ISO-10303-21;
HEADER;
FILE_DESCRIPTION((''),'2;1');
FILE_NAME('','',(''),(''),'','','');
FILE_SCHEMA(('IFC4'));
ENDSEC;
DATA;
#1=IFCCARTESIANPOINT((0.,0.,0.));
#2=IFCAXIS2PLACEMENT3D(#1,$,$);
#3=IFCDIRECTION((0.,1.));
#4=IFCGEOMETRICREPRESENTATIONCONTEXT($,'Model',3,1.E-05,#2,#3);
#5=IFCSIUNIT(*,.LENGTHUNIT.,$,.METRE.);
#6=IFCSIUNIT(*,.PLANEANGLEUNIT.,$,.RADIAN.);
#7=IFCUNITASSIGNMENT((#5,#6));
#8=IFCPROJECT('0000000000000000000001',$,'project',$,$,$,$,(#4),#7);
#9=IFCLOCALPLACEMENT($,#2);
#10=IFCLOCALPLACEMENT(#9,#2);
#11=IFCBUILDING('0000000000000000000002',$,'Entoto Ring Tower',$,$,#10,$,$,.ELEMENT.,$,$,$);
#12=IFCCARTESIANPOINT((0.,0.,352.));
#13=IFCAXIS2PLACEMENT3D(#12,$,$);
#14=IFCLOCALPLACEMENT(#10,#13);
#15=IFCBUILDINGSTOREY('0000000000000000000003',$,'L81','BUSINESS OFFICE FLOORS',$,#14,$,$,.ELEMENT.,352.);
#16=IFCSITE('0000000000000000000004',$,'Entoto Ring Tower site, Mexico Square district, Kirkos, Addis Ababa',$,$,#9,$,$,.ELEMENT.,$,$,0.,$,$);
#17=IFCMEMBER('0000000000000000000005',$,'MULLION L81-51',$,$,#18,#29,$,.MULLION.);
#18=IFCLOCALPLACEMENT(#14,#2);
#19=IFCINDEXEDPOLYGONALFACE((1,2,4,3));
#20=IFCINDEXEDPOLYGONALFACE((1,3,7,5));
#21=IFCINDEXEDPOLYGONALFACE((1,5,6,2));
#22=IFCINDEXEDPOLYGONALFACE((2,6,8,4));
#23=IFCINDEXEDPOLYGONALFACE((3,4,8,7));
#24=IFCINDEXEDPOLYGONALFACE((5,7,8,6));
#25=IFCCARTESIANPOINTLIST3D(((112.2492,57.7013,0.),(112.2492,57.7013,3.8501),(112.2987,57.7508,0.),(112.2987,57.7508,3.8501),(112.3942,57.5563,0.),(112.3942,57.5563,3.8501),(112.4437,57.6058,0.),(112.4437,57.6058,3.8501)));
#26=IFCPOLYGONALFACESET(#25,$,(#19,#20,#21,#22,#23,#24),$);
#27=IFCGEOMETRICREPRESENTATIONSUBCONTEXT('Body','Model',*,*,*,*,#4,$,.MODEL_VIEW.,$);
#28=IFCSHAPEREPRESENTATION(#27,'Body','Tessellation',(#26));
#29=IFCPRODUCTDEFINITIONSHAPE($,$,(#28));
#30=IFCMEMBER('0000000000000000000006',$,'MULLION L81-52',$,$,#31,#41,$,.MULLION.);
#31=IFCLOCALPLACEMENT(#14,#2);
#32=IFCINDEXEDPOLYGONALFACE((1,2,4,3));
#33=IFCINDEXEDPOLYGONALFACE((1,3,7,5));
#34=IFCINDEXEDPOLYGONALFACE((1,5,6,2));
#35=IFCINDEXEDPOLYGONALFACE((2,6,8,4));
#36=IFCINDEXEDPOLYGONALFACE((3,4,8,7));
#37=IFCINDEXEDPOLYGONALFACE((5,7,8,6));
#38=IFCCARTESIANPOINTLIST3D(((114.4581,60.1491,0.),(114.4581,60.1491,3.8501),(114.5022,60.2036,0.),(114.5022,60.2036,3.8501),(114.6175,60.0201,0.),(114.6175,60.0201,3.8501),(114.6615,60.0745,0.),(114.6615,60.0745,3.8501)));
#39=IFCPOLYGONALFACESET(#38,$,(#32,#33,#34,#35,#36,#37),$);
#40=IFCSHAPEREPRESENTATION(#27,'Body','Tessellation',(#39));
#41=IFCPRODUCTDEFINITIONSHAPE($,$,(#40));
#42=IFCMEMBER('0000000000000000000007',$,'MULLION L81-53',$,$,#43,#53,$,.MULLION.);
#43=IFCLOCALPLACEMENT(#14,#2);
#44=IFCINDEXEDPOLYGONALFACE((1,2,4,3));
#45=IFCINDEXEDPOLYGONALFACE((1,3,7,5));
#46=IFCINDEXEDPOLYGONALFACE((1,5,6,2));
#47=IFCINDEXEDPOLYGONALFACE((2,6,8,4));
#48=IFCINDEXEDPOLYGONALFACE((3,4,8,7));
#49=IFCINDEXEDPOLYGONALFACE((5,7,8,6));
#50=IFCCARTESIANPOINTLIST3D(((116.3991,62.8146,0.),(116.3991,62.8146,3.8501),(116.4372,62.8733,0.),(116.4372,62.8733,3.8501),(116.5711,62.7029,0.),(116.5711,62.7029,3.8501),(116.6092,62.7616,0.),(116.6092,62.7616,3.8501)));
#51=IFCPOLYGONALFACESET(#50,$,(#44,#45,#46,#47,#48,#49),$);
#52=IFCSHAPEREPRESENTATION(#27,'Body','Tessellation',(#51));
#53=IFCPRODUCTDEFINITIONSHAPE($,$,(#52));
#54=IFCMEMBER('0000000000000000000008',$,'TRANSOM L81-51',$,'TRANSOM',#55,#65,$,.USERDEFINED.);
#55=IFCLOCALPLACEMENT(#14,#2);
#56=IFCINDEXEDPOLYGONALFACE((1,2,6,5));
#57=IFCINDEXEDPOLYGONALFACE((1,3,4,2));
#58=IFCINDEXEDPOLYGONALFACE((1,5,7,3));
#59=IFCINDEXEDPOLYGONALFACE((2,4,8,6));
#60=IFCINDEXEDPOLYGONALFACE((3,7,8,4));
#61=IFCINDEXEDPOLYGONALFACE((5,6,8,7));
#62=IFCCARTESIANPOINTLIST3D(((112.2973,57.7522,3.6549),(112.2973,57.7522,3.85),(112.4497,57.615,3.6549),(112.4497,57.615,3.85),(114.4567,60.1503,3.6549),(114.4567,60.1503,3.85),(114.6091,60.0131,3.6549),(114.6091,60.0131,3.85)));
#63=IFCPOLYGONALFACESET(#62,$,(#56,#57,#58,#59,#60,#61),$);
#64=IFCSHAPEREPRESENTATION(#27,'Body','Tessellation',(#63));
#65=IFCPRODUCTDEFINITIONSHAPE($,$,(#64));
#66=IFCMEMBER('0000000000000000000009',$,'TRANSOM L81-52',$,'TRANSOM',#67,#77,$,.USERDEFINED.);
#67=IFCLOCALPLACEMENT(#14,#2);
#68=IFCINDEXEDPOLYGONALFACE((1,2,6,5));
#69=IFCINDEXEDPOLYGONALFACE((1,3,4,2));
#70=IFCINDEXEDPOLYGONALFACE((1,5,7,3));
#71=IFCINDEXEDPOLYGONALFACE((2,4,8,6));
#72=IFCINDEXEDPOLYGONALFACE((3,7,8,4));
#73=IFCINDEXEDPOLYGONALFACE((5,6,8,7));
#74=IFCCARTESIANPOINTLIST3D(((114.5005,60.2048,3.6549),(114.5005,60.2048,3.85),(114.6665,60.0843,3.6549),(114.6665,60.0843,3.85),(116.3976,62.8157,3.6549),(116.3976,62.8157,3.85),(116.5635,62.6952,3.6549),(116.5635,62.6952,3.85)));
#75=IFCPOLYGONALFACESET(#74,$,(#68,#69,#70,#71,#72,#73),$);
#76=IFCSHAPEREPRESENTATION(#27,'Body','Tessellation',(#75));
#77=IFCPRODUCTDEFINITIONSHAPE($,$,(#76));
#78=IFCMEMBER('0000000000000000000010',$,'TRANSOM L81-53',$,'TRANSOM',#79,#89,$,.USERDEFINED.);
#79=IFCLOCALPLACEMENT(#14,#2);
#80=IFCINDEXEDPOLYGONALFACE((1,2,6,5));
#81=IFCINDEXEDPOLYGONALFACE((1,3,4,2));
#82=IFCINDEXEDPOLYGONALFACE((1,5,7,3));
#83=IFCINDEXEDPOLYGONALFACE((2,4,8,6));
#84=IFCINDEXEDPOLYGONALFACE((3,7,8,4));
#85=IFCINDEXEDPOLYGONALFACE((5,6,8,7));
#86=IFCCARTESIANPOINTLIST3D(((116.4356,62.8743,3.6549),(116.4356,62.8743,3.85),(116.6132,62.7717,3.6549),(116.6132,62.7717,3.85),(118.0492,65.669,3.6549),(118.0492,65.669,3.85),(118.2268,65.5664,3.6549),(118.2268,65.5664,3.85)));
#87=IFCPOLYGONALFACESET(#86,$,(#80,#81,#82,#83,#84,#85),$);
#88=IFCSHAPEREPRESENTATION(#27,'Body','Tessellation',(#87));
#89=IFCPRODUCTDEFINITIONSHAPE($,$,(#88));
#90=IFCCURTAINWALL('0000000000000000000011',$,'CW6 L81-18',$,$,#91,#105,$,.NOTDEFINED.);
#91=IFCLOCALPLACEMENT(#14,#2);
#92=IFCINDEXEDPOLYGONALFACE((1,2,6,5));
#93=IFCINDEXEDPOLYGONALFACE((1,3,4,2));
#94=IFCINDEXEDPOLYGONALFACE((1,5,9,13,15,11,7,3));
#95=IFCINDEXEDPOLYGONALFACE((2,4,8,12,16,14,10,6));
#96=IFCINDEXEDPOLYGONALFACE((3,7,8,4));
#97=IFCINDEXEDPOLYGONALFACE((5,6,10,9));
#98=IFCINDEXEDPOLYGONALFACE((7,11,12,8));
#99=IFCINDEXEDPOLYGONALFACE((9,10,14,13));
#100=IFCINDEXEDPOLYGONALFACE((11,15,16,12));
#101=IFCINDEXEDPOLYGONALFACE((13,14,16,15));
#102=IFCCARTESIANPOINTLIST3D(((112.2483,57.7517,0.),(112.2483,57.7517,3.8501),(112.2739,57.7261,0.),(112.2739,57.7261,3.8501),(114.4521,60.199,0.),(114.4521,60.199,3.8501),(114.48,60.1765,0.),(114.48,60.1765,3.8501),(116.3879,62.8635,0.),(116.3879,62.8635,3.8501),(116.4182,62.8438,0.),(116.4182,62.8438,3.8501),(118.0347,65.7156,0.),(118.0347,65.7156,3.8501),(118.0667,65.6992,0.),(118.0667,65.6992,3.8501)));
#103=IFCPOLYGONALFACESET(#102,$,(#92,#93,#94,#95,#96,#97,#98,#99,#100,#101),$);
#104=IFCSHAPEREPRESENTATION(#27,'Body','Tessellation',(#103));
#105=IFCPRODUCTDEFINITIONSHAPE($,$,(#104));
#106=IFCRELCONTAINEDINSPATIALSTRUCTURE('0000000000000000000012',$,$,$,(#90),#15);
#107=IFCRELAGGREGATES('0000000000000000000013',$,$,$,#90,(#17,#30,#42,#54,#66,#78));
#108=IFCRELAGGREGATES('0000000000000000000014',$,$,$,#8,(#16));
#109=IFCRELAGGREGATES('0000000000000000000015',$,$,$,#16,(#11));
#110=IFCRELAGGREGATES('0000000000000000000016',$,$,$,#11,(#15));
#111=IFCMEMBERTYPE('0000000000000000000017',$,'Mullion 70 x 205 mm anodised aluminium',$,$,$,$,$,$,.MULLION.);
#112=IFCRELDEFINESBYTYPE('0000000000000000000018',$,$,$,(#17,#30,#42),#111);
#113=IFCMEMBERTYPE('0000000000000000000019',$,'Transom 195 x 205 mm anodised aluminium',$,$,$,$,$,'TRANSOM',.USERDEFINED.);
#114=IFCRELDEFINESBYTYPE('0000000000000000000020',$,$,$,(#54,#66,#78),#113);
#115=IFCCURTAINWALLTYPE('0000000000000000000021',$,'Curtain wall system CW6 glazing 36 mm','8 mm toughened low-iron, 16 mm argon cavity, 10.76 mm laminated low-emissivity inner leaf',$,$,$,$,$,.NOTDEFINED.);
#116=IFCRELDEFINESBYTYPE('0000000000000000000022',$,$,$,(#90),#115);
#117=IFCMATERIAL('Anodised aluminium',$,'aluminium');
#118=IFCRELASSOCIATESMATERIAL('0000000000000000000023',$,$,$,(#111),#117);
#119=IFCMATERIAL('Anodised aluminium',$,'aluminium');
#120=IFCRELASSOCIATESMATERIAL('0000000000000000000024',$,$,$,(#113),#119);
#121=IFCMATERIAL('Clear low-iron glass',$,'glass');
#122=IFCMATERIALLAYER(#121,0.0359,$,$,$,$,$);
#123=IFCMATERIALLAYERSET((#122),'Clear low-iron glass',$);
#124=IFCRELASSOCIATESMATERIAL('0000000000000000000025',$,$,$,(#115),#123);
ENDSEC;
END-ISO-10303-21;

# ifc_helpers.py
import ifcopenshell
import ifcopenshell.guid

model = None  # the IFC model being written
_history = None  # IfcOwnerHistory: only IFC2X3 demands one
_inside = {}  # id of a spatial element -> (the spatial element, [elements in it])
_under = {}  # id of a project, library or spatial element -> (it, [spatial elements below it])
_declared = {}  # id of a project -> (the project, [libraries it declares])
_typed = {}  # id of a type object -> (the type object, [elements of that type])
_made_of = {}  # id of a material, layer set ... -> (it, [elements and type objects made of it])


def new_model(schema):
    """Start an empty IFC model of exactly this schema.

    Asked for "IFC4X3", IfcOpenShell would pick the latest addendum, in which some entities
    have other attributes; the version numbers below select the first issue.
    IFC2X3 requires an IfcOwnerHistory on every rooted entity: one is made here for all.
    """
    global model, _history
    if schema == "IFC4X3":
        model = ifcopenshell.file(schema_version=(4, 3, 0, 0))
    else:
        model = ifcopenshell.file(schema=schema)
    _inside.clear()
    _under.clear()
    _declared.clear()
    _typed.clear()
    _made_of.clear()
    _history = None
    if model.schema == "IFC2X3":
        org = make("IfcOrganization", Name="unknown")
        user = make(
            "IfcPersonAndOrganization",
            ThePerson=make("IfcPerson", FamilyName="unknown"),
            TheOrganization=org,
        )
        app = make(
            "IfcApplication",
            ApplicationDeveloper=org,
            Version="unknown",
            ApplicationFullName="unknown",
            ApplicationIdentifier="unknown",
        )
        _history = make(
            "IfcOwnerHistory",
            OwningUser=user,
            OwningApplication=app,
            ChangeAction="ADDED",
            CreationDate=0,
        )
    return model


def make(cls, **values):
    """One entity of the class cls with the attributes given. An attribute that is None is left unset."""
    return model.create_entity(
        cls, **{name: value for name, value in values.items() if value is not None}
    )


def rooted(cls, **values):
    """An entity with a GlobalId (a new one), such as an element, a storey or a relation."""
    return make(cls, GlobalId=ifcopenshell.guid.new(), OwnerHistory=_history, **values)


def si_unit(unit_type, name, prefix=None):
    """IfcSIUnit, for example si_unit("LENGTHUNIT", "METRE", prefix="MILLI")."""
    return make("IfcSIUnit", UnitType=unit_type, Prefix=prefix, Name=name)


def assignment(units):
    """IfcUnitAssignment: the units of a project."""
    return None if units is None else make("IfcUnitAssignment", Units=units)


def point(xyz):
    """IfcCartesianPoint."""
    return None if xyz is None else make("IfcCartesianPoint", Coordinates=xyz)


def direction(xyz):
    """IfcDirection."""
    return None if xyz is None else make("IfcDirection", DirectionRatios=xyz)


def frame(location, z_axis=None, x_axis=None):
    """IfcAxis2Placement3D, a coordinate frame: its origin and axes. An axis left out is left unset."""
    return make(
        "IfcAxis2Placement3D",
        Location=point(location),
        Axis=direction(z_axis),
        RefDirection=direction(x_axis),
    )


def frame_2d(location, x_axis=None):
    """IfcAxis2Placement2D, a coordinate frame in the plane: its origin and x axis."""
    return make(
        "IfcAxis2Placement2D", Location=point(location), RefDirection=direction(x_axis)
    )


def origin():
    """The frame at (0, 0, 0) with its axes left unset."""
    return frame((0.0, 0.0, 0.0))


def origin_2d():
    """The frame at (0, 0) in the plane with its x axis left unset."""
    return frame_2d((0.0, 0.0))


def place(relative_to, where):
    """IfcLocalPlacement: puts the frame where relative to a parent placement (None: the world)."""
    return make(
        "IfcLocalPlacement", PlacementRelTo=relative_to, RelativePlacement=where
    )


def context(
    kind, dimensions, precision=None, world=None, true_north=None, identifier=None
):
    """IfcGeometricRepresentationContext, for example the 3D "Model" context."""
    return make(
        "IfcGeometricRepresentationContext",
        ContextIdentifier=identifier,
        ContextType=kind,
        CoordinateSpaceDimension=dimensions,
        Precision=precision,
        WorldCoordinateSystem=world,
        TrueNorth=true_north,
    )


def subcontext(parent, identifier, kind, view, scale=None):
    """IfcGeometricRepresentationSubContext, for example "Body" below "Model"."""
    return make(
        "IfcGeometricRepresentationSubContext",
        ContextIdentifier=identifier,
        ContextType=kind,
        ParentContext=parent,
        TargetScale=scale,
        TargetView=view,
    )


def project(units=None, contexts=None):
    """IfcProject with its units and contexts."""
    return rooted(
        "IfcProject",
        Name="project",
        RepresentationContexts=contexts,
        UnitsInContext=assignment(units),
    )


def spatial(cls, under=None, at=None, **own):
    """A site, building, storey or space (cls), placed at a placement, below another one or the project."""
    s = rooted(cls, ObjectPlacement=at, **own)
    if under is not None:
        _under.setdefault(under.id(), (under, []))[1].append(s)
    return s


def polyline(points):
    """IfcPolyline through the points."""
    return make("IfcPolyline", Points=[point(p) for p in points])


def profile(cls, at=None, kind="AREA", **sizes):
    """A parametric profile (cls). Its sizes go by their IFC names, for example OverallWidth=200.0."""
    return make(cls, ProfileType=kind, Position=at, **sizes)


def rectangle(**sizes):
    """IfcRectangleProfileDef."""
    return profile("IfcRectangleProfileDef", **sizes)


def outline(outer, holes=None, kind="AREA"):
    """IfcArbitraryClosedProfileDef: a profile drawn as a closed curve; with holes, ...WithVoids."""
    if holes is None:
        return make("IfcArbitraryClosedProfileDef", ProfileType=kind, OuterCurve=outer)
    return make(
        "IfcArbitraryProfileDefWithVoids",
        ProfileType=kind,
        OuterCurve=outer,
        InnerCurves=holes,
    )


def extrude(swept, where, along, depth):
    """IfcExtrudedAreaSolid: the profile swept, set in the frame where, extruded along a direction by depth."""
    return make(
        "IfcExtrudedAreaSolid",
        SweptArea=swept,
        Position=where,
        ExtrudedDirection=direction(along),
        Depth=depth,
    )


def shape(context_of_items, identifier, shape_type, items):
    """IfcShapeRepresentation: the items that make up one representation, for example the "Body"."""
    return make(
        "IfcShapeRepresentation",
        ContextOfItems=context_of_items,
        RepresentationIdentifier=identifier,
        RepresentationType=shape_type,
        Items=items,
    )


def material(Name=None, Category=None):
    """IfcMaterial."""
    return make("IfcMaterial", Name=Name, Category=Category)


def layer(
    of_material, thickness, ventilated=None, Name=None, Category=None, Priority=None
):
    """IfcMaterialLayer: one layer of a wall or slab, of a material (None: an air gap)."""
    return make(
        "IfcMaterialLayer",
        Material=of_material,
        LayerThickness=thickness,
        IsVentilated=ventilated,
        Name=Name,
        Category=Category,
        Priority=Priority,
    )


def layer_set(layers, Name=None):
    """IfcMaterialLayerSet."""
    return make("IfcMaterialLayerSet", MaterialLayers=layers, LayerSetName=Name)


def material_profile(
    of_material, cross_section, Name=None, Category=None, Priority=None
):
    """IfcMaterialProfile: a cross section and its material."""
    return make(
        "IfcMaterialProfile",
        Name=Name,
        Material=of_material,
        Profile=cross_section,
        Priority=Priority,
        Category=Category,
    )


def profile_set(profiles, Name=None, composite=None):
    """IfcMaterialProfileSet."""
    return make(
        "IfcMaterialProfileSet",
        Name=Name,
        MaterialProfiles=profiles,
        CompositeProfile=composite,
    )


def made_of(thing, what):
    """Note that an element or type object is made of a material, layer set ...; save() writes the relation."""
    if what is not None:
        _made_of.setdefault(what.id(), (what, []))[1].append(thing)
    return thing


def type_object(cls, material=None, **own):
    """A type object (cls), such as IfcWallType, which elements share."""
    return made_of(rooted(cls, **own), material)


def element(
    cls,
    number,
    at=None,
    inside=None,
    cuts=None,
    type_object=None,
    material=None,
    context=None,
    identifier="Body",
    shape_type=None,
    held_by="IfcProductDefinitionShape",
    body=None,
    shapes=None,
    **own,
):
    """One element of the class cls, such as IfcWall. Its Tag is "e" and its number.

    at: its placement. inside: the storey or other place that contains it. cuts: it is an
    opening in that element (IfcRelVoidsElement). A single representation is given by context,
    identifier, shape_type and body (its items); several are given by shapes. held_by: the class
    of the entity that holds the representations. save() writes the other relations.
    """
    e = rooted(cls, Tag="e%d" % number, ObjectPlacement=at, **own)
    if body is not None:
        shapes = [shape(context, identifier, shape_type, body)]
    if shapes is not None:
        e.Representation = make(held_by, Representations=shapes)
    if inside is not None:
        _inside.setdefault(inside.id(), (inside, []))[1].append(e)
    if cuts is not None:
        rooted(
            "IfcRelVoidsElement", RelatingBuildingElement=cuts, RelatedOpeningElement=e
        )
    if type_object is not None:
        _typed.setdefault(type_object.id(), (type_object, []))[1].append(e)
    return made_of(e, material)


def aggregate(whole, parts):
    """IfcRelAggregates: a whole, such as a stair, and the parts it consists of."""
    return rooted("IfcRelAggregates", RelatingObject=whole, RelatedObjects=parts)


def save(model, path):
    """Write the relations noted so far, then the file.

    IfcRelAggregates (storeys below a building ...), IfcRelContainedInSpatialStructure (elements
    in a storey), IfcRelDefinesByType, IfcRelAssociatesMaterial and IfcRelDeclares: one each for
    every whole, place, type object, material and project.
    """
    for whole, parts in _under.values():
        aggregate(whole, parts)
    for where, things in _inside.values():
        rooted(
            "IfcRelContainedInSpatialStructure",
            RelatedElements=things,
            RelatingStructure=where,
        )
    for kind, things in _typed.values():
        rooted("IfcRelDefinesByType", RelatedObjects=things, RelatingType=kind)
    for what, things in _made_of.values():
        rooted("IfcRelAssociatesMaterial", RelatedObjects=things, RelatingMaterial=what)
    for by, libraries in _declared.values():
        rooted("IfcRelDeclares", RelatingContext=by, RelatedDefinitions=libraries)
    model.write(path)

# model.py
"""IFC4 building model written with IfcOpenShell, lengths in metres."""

from ifc_helpers import new_model, si_unit, direction, frame, origin, origin_2d, place, context, subcontext, project, spatial, polyline, rectangle, outline, extrude, material, layer, layer_set, material_profile, profile_set, type_object, element, aggregate, save


model = new_model("IFC4")

# Units and contexts
model_context = context("Model", 3, precision=1e-05, world=origin(), true_north=direction((0.0, 1.0)))
body_context = subcontext(model_context, "Body", "Model", "MODEL_VIEW")
ifc_project = project(units=[si_unit("LENGTHUNIT", "METRE"), si_unit("PLANEANGLEUNIT", "RADIAN")], contexts=[model_context])

# Members
ifc_material_1 = material(Name="Anodised aluminium", Category="aluminium")
ifc_material_profile_1 = material_profile(ifc_material_1, rectangle(XDim=0.0701, YDim=0.2051, at=origin_2d()), Name="Mullion 70 x 205 mm anodised aluminium")
ifc_profile_set_1 = profile_set([ifc_material_profile_1], Name="Anodised aluminium")
member_type_1 = type_object("IfcMemberType", Name="Mullion 70 x 205 mm anodised aluminium", PredefinedType="MULLION", material=ifc_profile_set_1)
site_placement = place(None, origin())
building_placement = place(site_placement, origin())
storey_placement = place(building_placement, frame((0.0, 0.0, 352.0)))
member_1_placement = place(storey_placement, frame((112.3464, 57.6536, 0.0), z_axis=(0.0, 0.0, 1.0), x_axis=(0.707107, 0.707107, 0.0)))
member_1 = element("IfcMember", 1, at=member_1_placement, type_object=member_type_1, Name="MULLION L81-51", PredefinedType="MULLION", context=body_context, shape_type="SweptSolid", body=[
    extrude(rectangle(XDim=0.0701, YDim=0.2051, at=origin_2d()), origin(), (0.0, 0.0, 1.0), 3.8501),
])
member_2_placement = place(storey_placement, frame((114.5598, 60.1118, 0.0), z_axis=(0.0, 0.0, 1.0), x_axis=(0.62932, 0.777146, 0.0)))
member_2 = element("IfcMember", 2, at=member_2_placement, type_object=member_type_1, Name="MULLION L81-52", PredefinedType="MULLION", context=body_context, shape_type="SweptSolid", body=[
    extrude(rectangle(XDim=0.0701, YDim=0.2051, at=origin_2d()), origin(), (0.0, 0.0, 1.0), 3.8501),
])
member_3_placement = place(storey_placement, frame((116.5042, 62.7881, 0.0), z_axis=(0.0, 0.0, 1.0), x_axis=(0.544639, 0.838671, 0.0)))
member_3 = element("IfcMember", 3, at=member_3_placement, type_object=member_type_1, Name="MULLION L81-53", PredefinedType="MULLION", context=body_context, shape_type="SweptSolid", body=[
    extrude(rectangle(XDim=0.0701, YDim=0.2051, at=origin_2d()), origin(), (0.0, 0.0, 1.0), 3.8501),
])
ifc_material_2 = material(Name="Anodised aluminium", Category="aluminium")
ifc_material_profile_2 = material_profile(ifc_material_2, rectangle(XDim=0.2051, YDim=0.1951, at=origin_2d()), Name="Transom 195 x 205 mm anodised aluminium")
ifc_profile_set_2 = profile_set([ifc_material_profile_2], Name="Anodised aluminium")
member_type_2 = type_object("IfcMemberType", Name="Transom 195 x 205 mm anodised aluminium", ElementType="TRANSOM", PredefinedType="USERDEFINED", material=ifc_profile_set_2)
member_4_placement = place(storey_placement, frame((112.3735, 57.6836, 3.7524), z_axis=(0.669144, 0.743132, 0.0), x_axis=(-0.743132, 0.669144, 0.0)))
member_4 = element("IfcMember", 4, at=member_4_placement, type_object=member_type_2, Name="TRANSOM L81-51", ObjectType="TRANSOM", PredefinedType="USERDEFINED", context=body_context, shape_type="SweptSolid", body=[
    extrude(rectangle(XDim=0.2051, YDim=0.1951, at=origin_2d()), origin(), (0.0, 0.0, 1.0), 3.2271),
])
member_5_placement = place(storey_placement, frame((114.5835, 60.1445, 3.7524), z_axis=(0.587803, 0.809004, 0.0), x_axis=(-0.809004, 0.587803, 0.0)))
member_5 = element("IfcMember", 5, at=member_5_placement, type_object=member_type_2, Name="TRANSOM L81-52", ObjectType="TRANSOM", PredefinedType="USERDEFINED", context=body_context, shape_type="SweptSolid", body=[
    extrude(rectangle(XDim=0.2051, YDim=0.1951, at=origin_2d()), origin(), (0.0, 0.0, 1.0), 3.2273),
])
member_6_placement = place(storey_placement, frame((116.5244, 62.823, 3.7524), z_axis=(0.500004, 0.866023, 0.0), x_axis=(-0.866023, 0.500004, 0.0)))
member_6 = element("IfcMember", 6, at=member_6_placement, type_object=member_type_2, Name="TRANSOM L81-53", ObjectType="TRANSOM", PredefinedType="USERDEFINED", context=body_context, shape_type="SweptSolid", body=[
    extrude(rectangle(XDim=0.2051, YDim=0.1951, at=origin_2d()), origin(), (0.0, 0.0, 1.0), 3.2271),
])

# Site, building, storey
site = spatial("IfcSite", under=ifc_project, at=site_placement, Name="Entoto Ring Tower site, Mexico Square district, Kirkos, Addis Ababa", CompositionType="ELEMENT", RefElevation=0.0)
building = spatial("IfcBuilding", under=site, at=building_placement, Name="Entoto Ring Tower", CompositionType="ELEMENT")
storey = spatial("IfcBuildingStorey", under=building, at=storey_placement, Name="L81", Description="BUSINESS OFFICE FLOORS", CompositionType="ELEMENT", Elevation=352.0)

# Curtain wall
ifc_material_3 = material(Name="Clear low-iron glass", Category="glass")
ifc_layer_1 = layer(ifc_material_3, 0.0359)
ifc_layer_set_1 = layer_set([ifc_layer_1], Name="Clear low-iron glass")
curtain_wall_type = type_object("IfcCurtainWallType", Name="Curtain wall system CW6 glazing 36 mm", Description="8 mm toughened low-iron, 16 mm argon cavity, 10.76 mm laminated low-emissivity inner leaf", PredefinedType="NOTDEFINED", material=ifc_layer_set_1)
curtain_wall_1_placement = place(storey_placement, origin())
curtain_wall_1 = element("IfcCurtainWall", 7, at=curtain_wall_1_placement, inside=storey, type_object=curtain_wall_type, Name="CW6 L81-18", PredefinedType="NOTDEFINED", context=body_context, shape_type="SweptSolid", body=[
    extrude(outline(polyline([(112.2739, 57.7261), (114.48, 60.1765), (116.4182, 62.8438), (118.0667, 65.6992), (118.0347, 65.7156), (116.3879, 62.8635), (114.4521, 60.199), (112.2483, 57.7517), (112.2739, 57.7261)])), origin(), (0.0, 0.0, 1.0), 3.8501),
])
aggregate(curtain_wall_1, [member_1, member_2, member_3, member_4, member_5, member_6])

save(model, "model.ifc")
